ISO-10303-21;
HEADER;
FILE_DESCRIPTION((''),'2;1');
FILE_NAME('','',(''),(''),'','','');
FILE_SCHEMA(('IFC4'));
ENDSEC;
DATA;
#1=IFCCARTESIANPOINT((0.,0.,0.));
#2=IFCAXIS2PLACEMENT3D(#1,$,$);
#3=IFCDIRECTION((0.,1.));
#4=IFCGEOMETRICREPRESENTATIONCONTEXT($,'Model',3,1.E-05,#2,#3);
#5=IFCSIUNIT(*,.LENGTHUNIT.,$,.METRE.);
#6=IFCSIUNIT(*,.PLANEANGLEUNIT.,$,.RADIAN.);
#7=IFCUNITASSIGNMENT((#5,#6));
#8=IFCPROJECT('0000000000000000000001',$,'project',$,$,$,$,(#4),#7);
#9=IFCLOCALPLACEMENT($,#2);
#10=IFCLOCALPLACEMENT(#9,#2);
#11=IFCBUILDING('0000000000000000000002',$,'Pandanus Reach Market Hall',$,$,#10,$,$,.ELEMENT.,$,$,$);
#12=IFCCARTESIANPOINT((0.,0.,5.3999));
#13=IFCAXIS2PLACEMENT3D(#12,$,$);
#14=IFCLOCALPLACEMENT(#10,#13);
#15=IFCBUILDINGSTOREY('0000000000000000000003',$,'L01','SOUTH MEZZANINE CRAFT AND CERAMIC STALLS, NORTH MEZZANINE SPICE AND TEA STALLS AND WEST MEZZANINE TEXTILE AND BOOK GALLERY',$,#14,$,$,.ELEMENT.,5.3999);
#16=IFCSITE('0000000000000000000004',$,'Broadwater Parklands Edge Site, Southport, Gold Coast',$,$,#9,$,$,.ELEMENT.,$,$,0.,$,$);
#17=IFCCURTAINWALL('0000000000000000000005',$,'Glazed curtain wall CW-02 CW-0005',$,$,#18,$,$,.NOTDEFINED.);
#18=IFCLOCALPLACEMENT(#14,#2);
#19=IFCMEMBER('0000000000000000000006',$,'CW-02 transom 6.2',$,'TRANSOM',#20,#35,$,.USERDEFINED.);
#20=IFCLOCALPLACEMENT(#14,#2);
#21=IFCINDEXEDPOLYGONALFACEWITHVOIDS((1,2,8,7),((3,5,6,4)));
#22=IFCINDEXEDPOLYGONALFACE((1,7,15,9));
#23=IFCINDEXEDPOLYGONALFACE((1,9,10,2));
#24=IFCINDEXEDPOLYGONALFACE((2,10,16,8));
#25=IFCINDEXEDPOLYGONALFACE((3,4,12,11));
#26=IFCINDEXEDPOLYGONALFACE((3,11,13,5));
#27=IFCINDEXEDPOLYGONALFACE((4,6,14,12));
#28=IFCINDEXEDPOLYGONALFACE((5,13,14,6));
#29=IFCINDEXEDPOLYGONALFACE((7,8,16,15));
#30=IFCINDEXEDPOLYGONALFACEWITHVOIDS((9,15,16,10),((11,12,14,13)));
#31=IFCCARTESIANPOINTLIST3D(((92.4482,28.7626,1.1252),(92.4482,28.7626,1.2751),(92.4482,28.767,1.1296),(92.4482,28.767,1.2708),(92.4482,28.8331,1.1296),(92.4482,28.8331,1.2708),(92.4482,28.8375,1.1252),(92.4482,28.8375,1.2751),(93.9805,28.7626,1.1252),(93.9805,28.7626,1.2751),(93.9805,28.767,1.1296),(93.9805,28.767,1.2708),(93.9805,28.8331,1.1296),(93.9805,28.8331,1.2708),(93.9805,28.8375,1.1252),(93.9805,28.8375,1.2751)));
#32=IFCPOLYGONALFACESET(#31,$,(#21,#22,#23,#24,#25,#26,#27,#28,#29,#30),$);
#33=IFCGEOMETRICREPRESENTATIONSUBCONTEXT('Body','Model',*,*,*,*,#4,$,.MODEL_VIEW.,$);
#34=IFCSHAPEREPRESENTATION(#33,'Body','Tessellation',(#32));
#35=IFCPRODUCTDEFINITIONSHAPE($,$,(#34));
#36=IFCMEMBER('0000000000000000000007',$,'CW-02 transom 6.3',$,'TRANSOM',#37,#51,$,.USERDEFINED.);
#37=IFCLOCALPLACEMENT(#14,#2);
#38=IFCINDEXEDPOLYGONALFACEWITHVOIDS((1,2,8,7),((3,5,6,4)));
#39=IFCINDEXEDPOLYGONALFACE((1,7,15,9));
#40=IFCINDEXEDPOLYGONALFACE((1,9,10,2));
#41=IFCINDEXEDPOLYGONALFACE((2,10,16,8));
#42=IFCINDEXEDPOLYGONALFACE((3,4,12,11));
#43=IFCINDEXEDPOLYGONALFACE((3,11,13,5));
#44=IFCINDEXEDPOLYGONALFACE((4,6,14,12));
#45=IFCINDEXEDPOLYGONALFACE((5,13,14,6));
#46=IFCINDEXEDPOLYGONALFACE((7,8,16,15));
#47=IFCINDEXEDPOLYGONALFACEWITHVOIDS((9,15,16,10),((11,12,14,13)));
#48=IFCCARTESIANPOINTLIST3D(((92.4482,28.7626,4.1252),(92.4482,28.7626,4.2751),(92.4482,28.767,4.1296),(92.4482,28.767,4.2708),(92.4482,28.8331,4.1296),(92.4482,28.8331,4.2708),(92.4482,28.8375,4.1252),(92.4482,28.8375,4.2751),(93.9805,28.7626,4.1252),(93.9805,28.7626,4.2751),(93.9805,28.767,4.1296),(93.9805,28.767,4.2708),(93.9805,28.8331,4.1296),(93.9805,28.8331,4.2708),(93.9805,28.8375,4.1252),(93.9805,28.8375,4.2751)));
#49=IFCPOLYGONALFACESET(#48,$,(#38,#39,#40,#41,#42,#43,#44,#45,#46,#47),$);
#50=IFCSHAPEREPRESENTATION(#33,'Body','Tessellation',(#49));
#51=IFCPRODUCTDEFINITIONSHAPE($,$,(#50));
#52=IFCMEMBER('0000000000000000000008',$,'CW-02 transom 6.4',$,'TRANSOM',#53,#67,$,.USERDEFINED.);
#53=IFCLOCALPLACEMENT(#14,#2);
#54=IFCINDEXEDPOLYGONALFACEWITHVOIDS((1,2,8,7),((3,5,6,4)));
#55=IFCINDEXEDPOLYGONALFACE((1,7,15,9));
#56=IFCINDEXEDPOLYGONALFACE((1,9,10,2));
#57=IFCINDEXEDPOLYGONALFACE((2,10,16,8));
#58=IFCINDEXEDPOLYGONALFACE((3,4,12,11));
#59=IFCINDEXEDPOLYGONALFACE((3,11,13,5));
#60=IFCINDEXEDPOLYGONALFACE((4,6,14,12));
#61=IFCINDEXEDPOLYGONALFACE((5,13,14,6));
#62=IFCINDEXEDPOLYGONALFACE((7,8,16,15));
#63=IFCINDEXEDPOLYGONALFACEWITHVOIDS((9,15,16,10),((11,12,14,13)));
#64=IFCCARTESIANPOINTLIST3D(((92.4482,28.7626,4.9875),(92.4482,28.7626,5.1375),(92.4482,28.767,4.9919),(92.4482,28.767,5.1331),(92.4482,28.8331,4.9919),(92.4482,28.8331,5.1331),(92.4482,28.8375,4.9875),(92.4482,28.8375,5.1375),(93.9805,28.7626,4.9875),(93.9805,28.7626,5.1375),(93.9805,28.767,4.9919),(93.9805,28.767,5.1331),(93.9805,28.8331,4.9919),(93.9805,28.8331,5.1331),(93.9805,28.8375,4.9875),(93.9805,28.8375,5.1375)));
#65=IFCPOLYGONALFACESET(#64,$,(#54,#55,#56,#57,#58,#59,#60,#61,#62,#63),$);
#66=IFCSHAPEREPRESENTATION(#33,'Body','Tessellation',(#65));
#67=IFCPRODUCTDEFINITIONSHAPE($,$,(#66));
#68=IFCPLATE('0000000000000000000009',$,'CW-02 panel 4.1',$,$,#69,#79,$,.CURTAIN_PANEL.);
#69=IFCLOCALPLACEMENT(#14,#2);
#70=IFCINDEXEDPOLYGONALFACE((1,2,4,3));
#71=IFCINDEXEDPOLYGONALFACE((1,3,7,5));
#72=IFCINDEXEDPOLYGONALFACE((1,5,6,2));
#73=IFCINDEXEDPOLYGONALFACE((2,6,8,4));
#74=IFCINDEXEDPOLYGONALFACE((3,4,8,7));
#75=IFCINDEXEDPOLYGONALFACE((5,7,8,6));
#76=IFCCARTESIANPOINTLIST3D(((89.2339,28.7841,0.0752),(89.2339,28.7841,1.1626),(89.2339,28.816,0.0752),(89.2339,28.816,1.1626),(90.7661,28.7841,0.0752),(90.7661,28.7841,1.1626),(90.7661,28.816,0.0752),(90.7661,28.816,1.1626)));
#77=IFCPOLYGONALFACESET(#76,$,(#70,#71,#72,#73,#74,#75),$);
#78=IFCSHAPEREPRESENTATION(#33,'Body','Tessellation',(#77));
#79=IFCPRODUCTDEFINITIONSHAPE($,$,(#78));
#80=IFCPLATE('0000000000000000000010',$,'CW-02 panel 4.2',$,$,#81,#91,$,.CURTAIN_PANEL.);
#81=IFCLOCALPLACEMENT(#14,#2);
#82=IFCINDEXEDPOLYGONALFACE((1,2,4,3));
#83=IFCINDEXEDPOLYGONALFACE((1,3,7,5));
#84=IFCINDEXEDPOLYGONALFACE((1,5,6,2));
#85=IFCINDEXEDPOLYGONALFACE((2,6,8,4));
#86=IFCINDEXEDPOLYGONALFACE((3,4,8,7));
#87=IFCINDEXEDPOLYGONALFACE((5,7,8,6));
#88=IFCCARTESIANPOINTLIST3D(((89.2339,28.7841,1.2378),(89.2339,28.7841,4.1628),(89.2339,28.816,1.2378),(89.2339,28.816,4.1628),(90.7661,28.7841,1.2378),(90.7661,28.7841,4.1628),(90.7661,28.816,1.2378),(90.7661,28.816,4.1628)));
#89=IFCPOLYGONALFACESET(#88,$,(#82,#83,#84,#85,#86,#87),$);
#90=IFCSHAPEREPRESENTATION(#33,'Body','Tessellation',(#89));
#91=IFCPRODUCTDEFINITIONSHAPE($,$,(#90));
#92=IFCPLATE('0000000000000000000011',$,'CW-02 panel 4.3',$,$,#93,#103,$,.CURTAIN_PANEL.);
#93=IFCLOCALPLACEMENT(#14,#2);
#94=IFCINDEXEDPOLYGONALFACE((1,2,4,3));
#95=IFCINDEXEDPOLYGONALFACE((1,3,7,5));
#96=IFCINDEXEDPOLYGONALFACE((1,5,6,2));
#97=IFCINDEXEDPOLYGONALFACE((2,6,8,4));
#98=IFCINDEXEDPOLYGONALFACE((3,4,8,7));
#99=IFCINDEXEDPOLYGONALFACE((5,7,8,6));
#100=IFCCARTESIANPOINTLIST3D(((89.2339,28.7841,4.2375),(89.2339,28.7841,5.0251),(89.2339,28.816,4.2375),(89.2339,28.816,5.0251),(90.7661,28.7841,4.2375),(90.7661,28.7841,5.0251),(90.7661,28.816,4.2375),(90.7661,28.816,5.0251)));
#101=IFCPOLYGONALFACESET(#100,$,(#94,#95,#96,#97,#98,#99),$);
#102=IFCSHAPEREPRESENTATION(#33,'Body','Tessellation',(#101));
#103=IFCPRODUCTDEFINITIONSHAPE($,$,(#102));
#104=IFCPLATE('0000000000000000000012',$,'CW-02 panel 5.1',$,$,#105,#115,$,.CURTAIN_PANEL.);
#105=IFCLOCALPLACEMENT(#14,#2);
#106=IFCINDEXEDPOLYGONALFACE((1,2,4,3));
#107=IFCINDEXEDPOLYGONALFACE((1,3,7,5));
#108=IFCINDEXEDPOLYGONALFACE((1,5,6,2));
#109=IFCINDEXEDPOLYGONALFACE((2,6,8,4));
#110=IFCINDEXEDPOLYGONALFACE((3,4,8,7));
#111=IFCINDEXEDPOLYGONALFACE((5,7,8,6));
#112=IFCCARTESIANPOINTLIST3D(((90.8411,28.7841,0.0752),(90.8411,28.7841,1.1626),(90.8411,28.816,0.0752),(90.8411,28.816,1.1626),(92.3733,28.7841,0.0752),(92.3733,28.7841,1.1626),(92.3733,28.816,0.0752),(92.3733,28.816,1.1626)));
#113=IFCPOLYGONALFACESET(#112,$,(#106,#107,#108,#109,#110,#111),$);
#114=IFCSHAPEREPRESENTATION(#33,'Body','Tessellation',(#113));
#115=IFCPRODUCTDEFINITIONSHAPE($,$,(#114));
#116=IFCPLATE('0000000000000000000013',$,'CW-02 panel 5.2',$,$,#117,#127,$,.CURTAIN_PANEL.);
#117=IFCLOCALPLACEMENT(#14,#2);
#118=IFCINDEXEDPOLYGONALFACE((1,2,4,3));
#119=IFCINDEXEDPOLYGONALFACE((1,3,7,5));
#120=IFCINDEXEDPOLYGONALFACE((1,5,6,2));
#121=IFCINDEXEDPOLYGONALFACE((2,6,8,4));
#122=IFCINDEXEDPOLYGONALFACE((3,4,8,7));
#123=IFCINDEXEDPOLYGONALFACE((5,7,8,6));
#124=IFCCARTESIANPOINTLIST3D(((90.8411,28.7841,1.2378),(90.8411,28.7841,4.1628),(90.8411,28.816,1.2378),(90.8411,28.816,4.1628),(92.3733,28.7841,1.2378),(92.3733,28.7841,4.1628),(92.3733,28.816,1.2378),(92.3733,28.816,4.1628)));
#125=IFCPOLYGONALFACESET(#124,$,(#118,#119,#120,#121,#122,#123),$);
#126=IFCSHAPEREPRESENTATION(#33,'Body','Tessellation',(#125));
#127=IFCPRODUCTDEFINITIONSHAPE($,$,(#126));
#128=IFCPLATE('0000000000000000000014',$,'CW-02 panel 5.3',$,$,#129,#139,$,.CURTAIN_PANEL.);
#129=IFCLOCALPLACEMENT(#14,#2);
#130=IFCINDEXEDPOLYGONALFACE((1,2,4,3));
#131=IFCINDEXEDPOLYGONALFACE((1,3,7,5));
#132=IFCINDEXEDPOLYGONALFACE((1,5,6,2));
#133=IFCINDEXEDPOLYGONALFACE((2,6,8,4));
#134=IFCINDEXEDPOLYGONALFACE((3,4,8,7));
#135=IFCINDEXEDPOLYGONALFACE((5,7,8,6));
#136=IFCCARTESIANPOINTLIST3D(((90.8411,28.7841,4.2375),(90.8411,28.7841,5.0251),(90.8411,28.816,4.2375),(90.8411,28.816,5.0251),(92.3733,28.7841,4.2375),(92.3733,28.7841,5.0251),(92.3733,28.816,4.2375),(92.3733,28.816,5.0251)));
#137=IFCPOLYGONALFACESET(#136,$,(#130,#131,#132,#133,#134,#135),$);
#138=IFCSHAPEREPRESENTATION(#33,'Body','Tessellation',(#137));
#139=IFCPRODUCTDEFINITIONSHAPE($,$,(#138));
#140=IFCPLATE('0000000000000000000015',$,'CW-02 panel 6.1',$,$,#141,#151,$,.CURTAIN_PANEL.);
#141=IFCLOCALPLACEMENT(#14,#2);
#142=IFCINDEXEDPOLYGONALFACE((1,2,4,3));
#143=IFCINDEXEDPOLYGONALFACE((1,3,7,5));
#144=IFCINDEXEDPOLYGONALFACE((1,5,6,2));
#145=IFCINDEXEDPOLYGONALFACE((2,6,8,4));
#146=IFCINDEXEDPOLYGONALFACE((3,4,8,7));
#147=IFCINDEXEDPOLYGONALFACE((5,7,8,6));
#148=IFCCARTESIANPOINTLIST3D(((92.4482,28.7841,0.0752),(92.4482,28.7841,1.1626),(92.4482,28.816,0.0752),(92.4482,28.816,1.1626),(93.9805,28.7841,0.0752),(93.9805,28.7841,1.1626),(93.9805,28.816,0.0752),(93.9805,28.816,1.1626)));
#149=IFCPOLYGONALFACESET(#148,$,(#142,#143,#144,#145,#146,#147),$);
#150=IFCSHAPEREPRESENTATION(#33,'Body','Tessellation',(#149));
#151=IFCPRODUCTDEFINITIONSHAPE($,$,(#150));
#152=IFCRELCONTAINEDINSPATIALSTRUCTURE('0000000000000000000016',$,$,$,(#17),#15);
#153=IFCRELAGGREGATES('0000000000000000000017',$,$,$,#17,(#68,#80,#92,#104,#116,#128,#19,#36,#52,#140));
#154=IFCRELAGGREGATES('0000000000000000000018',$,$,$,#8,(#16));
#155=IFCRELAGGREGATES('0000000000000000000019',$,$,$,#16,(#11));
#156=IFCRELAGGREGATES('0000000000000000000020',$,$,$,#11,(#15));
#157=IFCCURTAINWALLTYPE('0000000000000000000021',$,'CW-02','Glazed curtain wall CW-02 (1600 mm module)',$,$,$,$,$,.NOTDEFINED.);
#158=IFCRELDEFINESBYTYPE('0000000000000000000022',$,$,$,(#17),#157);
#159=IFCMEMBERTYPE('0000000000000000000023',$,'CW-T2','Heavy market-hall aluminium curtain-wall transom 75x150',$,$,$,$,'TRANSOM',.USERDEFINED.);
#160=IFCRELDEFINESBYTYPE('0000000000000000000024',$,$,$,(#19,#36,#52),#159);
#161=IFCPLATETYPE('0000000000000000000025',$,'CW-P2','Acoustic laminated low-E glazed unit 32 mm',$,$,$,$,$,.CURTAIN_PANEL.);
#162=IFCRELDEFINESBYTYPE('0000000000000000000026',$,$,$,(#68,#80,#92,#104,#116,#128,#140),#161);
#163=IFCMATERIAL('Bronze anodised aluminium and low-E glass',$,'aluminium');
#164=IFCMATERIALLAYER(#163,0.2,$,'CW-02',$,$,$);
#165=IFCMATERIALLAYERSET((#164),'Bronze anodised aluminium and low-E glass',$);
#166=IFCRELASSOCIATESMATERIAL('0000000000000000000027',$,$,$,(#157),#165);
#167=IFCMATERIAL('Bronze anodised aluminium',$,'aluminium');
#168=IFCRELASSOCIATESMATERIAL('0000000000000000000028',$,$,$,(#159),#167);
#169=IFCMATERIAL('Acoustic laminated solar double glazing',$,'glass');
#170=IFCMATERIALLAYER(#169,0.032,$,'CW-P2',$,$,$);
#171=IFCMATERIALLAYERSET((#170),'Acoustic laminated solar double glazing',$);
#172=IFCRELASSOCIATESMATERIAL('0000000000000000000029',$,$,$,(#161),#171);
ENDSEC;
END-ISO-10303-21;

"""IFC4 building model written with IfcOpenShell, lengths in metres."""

from ifc_helpers import new_model, si_unit, direction, frame, origin, origin_2d, place, context, subcontext, project, spatial, rectangle, hollow_rectangle, extrude, material, layer, layer_set, material_profile, profile_set, type_object, element, aggregate, save


model = new_model("IFC4")

# Units and contexts
model_context = context("Model", 3, precision=1e-05, world=origin(), true_north=direction((0.0, 1.0)))
body_context = subcontext(model_context, "Body", "Model", "MODEL_VIEW")
ifc_project = project(units=[si_unit("LENGTHUNIT", "METRE"), si_unit("PLANEANGLEUNIT", "RADIAN")], contexts=[model_context])

# Site, building, storey
site_placement = place(None, origin())
site = spatial("IfcSite", under=ifc_project, at=site_placement, Name="Broadwater Parklands Edge Site, Southport, Gold Coast", CompositionType="ELEMENT", RefElevation=0.0)
building_placement = place(site_placement, origin())
building = spatial("IfcBuilding", under=site, at=building_placement, Name="Pandanus Reach Market Hall", CompositionType="ELEMENT")
storey_placement = place(building_placement, frame((0.0, 0.0, 5.3999)))
storey = spatial("IfcBuildingStorey", under=building, at=storey_placement, Name="L01", Description="SOUTH MEZZANINE CRAFT AND CERAMIC STALLS, NORTH MEZZANINE SPICE AND TEA STALLS AND WEST MEZZANINE TEXTILE AND BOOK GALLERY", CompositionType="ELEMENT", Elevation=5.3999)

# Curtain wall, members, plates
ifc_material_1 = material(Name="Bronze anodised aluminium and low-E glass", Category="aluminium")
ifc_layer_1 = layer(ifc_material_1, 0.2, Name="CW-02")
ifc_layer_set_1 = layer_set([ifc_layer_1], Name="Bronze anodised aluminium and low-E glass")
curtain_wall_type = type_object("IfcCurtainWallType", Name="CW-02", Description="Glazed curtain wall CW-02 (1600 mm module)", PredefinedType="NOTDEFINED", material=ifc_layer_set_1)
curtain_wall_placement = place(storey_placement, origin())
curtain_wall = element("IfcCurtainWall", 1, at=curtain_wall_placement, inside=storey, type_object=curtain_wall_type, Name="Glazed curtain wall CW-02 CW-0005", PredefinedType="NOTDEFINED")
ifc_material_2 = material(Name="Bronze anodised aluminium", Category="aluminium")
ifc_material_profile_1 = material_profile(ifc_material_2, hollow_rectangle(XDim=0.075, YDim=0.1499, WallThickness=0.0044, at=origin_2d()), Name="ALU75x150", Category="LoadBearing")
ifc_profile_set_1 = profile_set([ifc_material_profile_1], Name="Bronze anodised aluminium")
member_type_1 = type_object("IfcMemberType", Name="CW-T2", Description="Heavy market-hall aluminium curtain-wall transom 75x150", ElementType="TRANSOM", PredefinedType="USERDEFINED", material=ifc_profile_set_1)
member_1_placement = place(storey_placement, frame((92.4482, 28.8, 1.2002), z_axis=(1.0, 0.0, 0.0), x_axis=(0.0, 1.0, 0.0)))
member_1 = element("IfcMember", 2, at=member_1_placement, type_object=member_type_1, Name="CW-02 transom 6.2", ObjectType="TRANSOM", PredefinedType="USERDEFINED", context=body_context, shape_type="SweptSolid", body=[
    extrude(hollow_rectangle(XDim=0.075, YDim=0.1499, WallThickness=0.0044, at=origin_2d()), origin(), (0.0, 0.0, 1.0), 1.5322),
])
member_2_placement = place(storey_placement, frame((92.4482, 28.8, 4.2002), z_axis=(1.0, 0.0, 0.0), x_axis=(0.0, 1.0, 0.0)))
member_2 = element("IfcMember", 3, at=member_2_placement, type_object=member_type_1, Name="CW-02 transom 6.3", ObjectType="TRANSOM", PredefinedType="USERDEFINED", context=body_context, shape_type="SweptSolid", body=[
    extrude(hollow_rectangle(XDim=0.075, YDim=0.1499, WallThickness=0.0044, at=origin_2d()), origin(), (0.0, 0.0, 1.0), 1.5322),
])
member_3_placement = place(storey_placement, frame((92.4482, 28.8, 5.0625), z_axis=(1.0, 0.0, 0.0), x_axis=(0.0, 1.0, 0.0)))
member_3 = element("IfcMember", 4, at=member_3_placement, type_object=member_type_1, Name="CW-02 transom 6.4", ObjectType="TRANSOM", PredefinedType="USERDEFINED", context=body_context, shape_type="SweptSolid", body=[
    extrude(hollow_rectangle(XDim=0.075, YDim=0.1499, WallThickness=0.0044, at=origin_2d()), origin(), (0.0, 0.0, 1.0), 1.5322),
])
ifc_material_3 = material(Name="Acoustic laminated solar double glazing", Category="glass")
ifc_layer_2 = layer(ifc_material_3, 0.032, Name="CW-P2")
ifc_layer_set_2 = layer_set([ifc_layer_2], Name="Acoustic laminated solar double glazing")
plate_type = type_object("IfcPlateType", Name="CW-P2", Description="Acoustic laminated low-E glazed unit 32 mm", PredefinedType="CURTAIN_PANEL", material=ifc_layer_set_2)
plate_1_placement = place(storey_placement, frame((90.0, 28.8, 0.0752), z_axis=(0.0, 0.0, 1.0), x_axis=(1.0, 0.0, 0.0)))
plate_1 = element("IfcPlate", 5, at=plate_1_placement, type_object=plate_type, Name="CW-02 panel 4.1", PredefinedType="CURTAIN_PANEL", context=body_context, shape_type="SweptSolid", body=[
    extrude(rectangle(XDim=1.5322, YDim=0.032, at=origin_2d()), origin(), (0.0, 0.0, 1.0), 1.0874),
])
plate_2_placement = place(storey_placement, frame((90.0, 28.8, 1.2378), z_axis=(0.0, 0.0, 1.0), x_axis=(1.0, 0.0, 0.0)))
plate_2 = element("IfcPlate", 6, at=plate_2_placement, type_object=plate_type, Name="CW-02 panel 4.2", PredefinedType="CURTAIN_PANEL", context=body_context, shape_type="SweptSolid", body=[
    extrude(rectangle(XDim=1.5322, YDim=0.032, at=origin_2d()), origin(), (0.0, 0.0, 1.0), 2.925),
])
plate_3_placement = place(storey_placement, frame((90.0, 28.8, 4.2375), z_axis=(0.0, 0.0, 1.0), x_axis=(1.0, 0.0, 0.0)))
plate_3 = element("IfcPlate", 7, at=plate_3_placement, type_object=plate_type, Name="CW-02 panel 4.3", PredefinedType="CURTAIN_PANEL", context=body_context, shape_type="SweptSolid", body=[
    extrude(rectangle(XDim=1.5322, YDim=0.032, at=origin_2d()), origin(), (0.0, 0.0, 1.0), 0.7876),
])
plate_4_placement = place(storey_placement, frame((91.6072, 28.8, 0.0752), z_axis=(0.0, 0.0, 1.0), x_axis=(1.0, 0.0, 0.0)))
plate_4 = element("IfcPlate", 8, at=plate_4_placement, type_object=plate_type, Name="CW-02 panel 5.1", PredefinedType="CURTAIN_PANEL", context=body_context, shape_type="SweptSolid", body=[
    extrude(rectangle(XDim=1.5322, YDim=0.032, at=origin_2d()), origin(), (0.0, 0.0, 1.0), 1.0874),
])
plate_5_placement = place(storey_placement, frame((91.6072, 28.8, 1.2378), z_axis=(0.0, 0.0, 1.0), x_axis=(1.0, 0.0, 0.0)))
plate_5 = element("IfcPlate", 9, at=plate_5_placement, type_object=plate_type, Name="CW-02 panel 5.2", PredefinedType="CURTAIN_PANEL", context=body_context, shape_type="SweptSolid", body=[
    extrude(rectangle(XDim=1.5322, YDim=0.032, at=origin_2d()), origin(), (0.0, 0.0, 1.0), 2.925),
])
plate_6_placement = place(storey_placement, frame((91.6072, 28.8, 4.2375), z_axis=(0.0, 0.0, 1.0), x_axis=(1.0, 0.0, 0.0)))
plate_6 = element("IfcPlate", 10, at=plate_6_placement, type_object=plate_type, Name="CW-02 panel 5.3", PredefinedType="CURTAIN_PANEL", context=body_context, shape_type="SweptSolid", body=[
    extrude(rectangle(XDim=1.5322, YDim=0.032, at=origin_2d()), origin(), (0.0, 0.0, 1.0), 0.7876),
])
plate_7_placement = place(storey_placement, frame((93.2144, 28.8, 0.0752), z_axis=(0.0, 0.0, 1.0), x_axis=(1.0, 0.0, 0.0)))
plate_7 = element("IfcPlate", 11, at=plate_7_placement, type_object=plate_type, Name="CW-02 panel 6.1", PredefinedType="CURTAIN_PANEL", context=body_context, shape_type="SweptSolid", body=[
    extrude(rectangle(XDim=1.5322, YDim=0.032, at=origin_2d()), origin(), (0.0, 0.0, 1.0), 1.0874),
])
aggregate(curtain_wall, [plate_1, plate_2, plate_3, plate_4, plate_5, plate_6, member_1, member_2, member_3, plate_7])

save(model, "model.ifc")
